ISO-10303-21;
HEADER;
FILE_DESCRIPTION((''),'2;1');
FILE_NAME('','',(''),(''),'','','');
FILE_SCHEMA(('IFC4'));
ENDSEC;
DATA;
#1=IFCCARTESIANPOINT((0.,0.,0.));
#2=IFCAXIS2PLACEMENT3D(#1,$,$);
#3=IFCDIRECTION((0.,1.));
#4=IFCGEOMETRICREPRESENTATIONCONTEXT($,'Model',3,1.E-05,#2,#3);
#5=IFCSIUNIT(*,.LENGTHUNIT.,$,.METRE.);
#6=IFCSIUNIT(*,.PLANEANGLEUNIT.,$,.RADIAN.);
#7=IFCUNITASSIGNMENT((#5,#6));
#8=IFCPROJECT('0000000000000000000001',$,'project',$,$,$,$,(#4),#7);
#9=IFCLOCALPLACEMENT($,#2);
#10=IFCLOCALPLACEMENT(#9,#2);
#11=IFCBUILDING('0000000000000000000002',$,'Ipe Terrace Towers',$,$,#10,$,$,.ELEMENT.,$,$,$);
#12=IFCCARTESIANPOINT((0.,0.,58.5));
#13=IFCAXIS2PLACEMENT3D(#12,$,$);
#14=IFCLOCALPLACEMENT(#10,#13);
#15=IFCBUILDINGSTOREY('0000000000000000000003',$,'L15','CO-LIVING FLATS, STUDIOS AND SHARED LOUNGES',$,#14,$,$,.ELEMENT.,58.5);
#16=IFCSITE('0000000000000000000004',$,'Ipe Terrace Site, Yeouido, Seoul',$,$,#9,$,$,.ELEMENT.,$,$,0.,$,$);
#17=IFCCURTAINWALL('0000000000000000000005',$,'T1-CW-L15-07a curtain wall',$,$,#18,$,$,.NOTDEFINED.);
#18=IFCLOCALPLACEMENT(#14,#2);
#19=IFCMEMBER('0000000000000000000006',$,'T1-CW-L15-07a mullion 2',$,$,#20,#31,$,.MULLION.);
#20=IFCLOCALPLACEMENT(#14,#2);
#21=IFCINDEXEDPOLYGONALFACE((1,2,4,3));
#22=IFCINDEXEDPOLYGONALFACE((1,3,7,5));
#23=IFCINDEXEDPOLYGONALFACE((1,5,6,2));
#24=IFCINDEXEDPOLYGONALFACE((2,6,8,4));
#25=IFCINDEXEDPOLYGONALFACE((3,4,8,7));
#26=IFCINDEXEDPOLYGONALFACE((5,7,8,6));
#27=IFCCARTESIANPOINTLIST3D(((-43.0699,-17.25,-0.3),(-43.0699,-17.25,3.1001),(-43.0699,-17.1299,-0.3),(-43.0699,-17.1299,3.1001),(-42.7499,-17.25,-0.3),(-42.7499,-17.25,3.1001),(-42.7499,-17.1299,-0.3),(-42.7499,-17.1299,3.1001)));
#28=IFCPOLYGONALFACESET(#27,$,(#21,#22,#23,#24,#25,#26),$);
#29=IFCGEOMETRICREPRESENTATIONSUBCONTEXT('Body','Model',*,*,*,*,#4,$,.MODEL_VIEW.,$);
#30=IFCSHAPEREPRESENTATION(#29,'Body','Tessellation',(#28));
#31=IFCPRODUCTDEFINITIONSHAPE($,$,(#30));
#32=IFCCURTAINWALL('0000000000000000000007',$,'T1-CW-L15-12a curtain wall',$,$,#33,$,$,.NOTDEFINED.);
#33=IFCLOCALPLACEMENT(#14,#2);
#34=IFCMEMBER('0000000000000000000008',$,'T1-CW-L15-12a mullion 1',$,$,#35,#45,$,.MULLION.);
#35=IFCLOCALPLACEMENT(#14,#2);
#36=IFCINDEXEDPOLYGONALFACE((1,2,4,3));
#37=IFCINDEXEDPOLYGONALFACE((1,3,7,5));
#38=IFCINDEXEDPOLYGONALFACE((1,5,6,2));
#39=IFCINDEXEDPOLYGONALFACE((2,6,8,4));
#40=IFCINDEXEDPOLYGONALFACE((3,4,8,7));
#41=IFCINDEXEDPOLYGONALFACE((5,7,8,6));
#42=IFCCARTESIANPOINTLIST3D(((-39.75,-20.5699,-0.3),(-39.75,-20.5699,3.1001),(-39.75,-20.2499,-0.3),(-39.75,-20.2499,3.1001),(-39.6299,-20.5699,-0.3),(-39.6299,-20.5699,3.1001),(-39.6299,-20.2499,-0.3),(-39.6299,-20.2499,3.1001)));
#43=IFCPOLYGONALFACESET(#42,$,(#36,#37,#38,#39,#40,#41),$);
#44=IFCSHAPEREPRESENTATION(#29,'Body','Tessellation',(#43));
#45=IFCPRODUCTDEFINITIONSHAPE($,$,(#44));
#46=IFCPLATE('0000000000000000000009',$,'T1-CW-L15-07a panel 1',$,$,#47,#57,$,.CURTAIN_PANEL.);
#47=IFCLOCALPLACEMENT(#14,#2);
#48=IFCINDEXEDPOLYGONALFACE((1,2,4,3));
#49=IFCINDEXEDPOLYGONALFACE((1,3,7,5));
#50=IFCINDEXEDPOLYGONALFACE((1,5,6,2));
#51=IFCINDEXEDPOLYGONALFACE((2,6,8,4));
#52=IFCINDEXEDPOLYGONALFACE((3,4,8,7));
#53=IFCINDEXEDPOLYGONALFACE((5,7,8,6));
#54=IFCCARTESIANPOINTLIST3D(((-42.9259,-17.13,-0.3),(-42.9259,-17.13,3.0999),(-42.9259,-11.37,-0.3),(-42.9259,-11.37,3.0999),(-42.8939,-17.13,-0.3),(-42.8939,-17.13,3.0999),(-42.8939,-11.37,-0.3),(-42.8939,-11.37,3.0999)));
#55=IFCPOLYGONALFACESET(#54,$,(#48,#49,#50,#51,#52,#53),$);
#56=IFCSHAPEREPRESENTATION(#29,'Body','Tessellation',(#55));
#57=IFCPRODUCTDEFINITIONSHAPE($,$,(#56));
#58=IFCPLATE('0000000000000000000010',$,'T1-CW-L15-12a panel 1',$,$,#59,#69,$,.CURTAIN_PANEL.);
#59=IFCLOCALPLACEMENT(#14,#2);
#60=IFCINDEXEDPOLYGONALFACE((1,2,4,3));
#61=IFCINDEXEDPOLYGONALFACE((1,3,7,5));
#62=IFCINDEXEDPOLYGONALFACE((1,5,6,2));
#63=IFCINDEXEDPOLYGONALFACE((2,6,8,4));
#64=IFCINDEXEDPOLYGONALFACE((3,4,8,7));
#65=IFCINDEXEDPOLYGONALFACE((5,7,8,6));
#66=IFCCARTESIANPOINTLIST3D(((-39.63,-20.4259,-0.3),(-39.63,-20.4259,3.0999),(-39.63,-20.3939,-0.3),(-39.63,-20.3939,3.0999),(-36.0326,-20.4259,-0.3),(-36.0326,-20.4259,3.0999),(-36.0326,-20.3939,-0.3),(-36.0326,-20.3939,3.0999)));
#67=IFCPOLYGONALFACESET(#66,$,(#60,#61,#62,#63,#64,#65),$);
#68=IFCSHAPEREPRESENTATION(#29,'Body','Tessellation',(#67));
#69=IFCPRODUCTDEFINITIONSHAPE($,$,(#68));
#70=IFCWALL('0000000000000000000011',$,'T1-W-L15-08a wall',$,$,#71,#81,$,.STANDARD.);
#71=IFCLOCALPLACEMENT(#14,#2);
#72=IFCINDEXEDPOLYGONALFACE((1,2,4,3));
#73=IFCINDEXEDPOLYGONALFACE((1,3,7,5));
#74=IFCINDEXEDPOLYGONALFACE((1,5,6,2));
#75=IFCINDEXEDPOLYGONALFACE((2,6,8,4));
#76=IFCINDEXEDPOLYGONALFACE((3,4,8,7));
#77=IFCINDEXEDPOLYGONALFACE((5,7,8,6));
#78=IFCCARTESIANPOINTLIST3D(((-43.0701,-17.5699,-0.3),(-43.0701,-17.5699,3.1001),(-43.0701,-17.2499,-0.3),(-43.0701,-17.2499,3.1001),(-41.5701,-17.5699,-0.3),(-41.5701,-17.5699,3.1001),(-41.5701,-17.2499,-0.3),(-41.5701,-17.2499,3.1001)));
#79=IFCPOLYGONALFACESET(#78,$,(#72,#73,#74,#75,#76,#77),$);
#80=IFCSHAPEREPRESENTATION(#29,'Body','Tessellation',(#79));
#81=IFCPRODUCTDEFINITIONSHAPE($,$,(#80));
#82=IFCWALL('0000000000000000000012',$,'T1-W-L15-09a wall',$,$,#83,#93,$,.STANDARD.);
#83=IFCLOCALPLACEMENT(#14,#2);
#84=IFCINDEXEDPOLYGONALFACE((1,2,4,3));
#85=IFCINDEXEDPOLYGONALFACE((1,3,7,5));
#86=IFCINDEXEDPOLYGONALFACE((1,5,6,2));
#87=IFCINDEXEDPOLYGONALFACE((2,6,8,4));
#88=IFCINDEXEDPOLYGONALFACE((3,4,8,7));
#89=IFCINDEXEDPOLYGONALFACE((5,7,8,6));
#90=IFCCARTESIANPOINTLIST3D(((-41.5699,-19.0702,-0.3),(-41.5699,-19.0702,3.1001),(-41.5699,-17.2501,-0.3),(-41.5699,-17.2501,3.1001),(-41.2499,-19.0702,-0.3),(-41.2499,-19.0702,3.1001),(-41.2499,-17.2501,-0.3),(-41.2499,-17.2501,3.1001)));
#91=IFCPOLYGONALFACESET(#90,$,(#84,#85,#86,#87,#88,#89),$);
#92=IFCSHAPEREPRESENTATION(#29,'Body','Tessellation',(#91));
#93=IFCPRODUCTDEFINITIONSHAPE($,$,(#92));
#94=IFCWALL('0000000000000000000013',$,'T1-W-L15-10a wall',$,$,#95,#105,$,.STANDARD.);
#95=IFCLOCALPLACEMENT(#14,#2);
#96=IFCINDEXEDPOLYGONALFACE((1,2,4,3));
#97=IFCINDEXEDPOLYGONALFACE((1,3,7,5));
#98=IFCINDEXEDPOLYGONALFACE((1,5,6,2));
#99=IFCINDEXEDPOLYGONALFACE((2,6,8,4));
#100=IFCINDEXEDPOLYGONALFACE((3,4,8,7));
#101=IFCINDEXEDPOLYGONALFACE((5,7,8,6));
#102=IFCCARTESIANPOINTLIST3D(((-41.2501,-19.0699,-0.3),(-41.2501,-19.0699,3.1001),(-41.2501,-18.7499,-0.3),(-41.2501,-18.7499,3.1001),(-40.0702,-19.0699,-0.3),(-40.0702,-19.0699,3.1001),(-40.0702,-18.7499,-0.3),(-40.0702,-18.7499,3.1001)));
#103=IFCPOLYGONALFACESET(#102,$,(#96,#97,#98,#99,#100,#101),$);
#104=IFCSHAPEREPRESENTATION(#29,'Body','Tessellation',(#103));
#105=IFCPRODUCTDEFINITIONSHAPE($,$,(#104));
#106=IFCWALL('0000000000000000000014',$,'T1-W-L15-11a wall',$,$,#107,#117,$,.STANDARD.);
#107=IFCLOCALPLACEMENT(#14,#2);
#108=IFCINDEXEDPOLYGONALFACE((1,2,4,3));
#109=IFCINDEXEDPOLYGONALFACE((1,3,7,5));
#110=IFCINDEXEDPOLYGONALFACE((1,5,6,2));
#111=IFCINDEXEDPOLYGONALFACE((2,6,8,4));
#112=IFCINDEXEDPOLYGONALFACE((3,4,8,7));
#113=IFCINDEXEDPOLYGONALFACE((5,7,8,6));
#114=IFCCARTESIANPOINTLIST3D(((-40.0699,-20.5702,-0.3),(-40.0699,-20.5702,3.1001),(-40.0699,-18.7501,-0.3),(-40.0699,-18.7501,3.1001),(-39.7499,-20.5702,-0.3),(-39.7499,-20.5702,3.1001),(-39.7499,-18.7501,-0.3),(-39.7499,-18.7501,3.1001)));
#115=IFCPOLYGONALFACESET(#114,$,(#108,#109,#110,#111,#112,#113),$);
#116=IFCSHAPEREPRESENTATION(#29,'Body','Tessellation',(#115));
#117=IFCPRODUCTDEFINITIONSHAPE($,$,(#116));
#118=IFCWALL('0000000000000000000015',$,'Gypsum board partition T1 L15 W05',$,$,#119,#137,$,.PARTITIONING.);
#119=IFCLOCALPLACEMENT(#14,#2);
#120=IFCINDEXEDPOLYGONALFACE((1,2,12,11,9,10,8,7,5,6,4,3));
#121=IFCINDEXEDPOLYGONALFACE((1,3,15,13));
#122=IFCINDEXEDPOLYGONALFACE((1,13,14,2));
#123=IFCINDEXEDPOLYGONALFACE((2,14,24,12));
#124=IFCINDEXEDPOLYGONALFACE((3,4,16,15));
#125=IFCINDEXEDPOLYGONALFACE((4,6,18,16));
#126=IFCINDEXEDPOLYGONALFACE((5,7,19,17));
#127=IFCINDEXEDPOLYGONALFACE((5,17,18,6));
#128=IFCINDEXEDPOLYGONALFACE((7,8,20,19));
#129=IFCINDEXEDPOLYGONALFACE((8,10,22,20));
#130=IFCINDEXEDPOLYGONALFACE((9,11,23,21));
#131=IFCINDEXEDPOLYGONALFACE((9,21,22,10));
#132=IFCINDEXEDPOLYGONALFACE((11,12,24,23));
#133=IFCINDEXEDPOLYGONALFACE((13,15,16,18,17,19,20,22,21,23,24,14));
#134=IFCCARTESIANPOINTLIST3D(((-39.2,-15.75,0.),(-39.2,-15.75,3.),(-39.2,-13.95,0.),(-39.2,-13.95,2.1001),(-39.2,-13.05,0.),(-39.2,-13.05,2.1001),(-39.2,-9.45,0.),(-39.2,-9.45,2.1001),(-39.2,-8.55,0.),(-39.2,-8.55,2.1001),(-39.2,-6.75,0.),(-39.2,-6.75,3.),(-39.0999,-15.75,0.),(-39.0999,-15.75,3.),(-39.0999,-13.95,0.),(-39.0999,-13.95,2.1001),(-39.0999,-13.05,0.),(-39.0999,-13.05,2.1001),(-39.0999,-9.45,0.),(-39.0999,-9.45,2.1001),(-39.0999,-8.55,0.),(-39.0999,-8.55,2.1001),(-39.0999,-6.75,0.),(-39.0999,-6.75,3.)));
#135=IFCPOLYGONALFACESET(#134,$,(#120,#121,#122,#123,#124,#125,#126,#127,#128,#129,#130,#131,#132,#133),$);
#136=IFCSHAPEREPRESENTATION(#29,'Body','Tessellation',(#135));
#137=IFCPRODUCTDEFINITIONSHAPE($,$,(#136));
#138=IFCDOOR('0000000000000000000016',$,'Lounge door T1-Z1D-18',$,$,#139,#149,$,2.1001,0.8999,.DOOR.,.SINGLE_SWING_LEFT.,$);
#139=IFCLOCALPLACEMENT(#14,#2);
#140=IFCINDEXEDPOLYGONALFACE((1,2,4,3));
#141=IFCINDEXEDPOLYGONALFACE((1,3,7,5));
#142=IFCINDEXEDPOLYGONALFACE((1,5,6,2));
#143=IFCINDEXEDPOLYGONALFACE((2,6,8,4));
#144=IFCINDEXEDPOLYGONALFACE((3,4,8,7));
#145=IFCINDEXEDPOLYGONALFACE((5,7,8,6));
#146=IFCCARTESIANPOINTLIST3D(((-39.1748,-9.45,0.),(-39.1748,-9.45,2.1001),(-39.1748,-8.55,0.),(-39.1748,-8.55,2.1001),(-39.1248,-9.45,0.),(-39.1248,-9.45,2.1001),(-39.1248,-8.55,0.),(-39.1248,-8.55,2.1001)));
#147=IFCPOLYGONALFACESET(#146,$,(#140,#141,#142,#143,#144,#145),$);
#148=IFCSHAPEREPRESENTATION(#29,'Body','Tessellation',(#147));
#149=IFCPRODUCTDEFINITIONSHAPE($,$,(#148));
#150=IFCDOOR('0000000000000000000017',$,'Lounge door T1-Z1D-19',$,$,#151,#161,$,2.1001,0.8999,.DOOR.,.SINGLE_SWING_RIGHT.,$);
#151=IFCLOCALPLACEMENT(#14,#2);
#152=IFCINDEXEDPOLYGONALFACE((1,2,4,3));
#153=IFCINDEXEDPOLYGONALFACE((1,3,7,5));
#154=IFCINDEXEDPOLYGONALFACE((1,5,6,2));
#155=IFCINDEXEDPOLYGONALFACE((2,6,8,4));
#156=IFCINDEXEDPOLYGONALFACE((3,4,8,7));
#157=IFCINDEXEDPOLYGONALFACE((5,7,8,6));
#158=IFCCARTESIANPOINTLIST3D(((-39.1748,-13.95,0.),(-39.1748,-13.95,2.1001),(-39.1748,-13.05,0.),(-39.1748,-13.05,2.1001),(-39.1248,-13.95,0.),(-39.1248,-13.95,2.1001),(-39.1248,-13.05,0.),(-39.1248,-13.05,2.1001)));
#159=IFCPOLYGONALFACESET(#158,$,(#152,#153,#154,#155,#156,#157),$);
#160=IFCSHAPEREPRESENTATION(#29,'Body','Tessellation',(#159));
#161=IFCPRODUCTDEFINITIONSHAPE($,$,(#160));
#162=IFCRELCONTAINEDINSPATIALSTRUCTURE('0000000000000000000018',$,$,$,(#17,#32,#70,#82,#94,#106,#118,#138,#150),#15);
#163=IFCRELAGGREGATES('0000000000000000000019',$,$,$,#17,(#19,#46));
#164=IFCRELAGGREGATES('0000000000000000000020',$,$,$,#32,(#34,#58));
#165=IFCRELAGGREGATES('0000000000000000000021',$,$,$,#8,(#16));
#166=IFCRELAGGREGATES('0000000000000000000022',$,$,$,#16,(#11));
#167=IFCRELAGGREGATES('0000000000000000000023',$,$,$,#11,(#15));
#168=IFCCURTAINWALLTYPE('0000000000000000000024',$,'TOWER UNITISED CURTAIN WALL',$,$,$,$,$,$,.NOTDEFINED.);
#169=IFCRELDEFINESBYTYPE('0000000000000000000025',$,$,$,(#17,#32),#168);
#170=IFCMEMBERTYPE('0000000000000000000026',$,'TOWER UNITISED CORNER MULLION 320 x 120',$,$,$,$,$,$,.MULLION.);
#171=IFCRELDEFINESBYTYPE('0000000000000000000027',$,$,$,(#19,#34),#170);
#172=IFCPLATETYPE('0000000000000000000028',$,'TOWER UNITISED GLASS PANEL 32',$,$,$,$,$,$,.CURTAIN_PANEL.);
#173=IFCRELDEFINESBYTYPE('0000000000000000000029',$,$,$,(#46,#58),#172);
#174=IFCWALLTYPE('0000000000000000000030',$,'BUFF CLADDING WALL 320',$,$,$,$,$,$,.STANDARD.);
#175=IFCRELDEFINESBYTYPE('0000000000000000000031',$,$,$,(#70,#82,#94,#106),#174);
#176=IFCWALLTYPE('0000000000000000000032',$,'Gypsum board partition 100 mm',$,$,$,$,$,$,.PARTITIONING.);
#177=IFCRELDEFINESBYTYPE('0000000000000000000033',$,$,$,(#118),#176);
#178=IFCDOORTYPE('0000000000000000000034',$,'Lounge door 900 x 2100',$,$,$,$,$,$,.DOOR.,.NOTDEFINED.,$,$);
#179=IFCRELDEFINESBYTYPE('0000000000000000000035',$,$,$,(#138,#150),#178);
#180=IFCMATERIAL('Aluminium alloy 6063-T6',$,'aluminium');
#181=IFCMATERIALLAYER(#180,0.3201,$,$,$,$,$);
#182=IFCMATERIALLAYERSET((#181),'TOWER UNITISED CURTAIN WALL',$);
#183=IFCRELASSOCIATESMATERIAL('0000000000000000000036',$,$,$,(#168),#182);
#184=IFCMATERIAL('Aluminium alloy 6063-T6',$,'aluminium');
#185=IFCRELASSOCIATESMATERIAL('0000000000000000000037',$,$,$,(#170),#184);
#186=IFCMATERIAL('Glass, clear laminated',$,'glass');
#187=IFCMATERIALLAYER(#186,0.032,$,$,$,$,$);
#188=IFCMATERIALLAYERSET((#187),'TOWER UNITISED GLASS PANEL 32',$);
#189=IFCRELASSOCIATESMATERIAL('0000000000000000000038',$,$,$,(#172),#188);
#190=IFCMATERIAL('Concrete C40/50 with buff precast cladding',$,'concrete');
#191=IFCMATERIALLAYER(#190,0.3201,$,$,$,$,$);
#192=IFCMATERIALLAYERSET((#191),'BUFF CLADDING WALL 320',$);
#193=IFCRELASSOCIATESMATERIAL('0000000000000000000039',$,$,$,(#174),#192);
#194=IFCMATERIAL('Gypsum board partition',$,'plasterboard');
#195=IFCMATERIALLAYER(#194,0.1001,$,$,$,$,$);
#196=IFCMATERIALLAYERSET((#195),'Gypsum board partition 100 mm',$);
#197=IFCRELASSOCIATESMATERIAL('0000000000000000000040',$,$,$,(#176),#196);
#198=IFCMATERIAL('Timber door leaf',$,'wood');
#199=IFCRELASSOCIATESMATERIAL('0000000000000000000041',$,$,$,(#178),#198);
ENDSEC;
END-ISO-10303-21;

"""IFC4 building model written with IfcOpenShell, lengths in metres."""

from ifc_helpers import new_model, si_unit, direction, frame, frame_2d, origin, origin_2d, place, context, subcontext, project, spatial, rectangle, extrude, material, layer, layer_set, material_profile, profile_set, type_object, element, fill, aggregate, save


model = new_model("IFC4")

# Units and contexts
model_context = context("Model", 3, precision=1e-05, world=origin(), true_north=direction((0.0, 1.0)))
body_context = subcontext(model_context, "Body", "Model", "MODEL_VIEW")
ifc_project = project(units=[si_unit("LENGTHUNIT", "METRE"), si_unit("PLANEANGLEUNIT", "RADIAN")], contexts=[model_context])

# Site, building, storey
site_placement = place(None, origin())
site = spatial("IfcSite", under=ifc_project, at=site_placement, Name="Ipe Terrace Site, Yeouido, Seoul", CompositionType="ELEMENT", RefElevation=0.0)
building_placement = place(site_placement, origin())
building = spatial("IfcBuilding", under=site, at=building_placement, Name="Ipe Terrace Towers", CompositionType="ELEMENT")
storey_placement = place(building_placement, frame((0.0, 0.0, 58.5)))
storey = spatial("IfcBuildingStorey", under=building, at=storey_placement, Name="L15", Description="CO-LIVING FLATS, STUDIOS AND SHARED LOUNGES", CompositionType="ELEMENT", Elevation=58.5)

# Curtain walls, members
ifc_material_1 = material(Name="Aluminium alloy 6063-T6", Category="aluminium")
ifc_layer_1 = layer(ifc_material_1, 0.3201)
ifc_layer_set_1 = layer_set([ifc_layer_1], Name="TOWER UNITISED CURTAIN WALL")
curtain_wall_type = type_object("IfcCurtainWallType", Name="TOWER UNITISED CURTAIN WALL", PredefinedType="NOTDEFINED", material=ifc_layer_set_1)
curtain_wall_1_placement = place(storey_placement, origin())
curtain_wall_1 = element("IfcCurtainWall", 1, at=curtain_wall_1_placement, inside=storey, type_object=curtain_wall_type, Name="T1-CW-L15-07a curtain wall", PredefinedType="NOTDEFINED")
ifc_material_2 = material(Name="Aluminium alloy 6063-T6", Category="aluminium")
ifc_material_profile_1 = material_profile(ifc_material_2, rectangle(XDim=0.3201, YDim=0.1201, at=origin_2d()), Name="TOWER UNITISED CORNER MULLION 320 x 120")
ifc_profile_set_1 = profile_set([ifc_material_profile_1], Name="Aluminium alloy 6063-T6")
member_type = type_object("IfcMemberType", Name="TOWER UNITISED CORNER MULLION 320 x 120", PredefinedType="MULLION", material=ifc_profile_set_1)
member_1_placement = place(storey_placement, frame((-42.9099, -17.1899, -0.3), z_axis=(0.0, 0.0, 1.0), x_axis=(-1.0, 0.0, 0.0)))
member_1 = element("IfcMember", 2, at=member_1_placement, type_object=member_type, Name="T1-CW-L15-07a mullion 2", PredefinedType="MULLION", context=body_context, shape_type="SweptSolid", body=[
    extrude(rectangle(XDim=0.3201, YDim=0.1201, at=origin_2d()), origin(), (0.0, 0.0, 1.0), 3.4001),
])
curtain_wall_2_placement = place(storey_placement, origin())
curtain_wall_2 = element("IfcCurtainWall", 3, at=curtain_wall_2_placement, inside=storey, type_object=curtain_wall_type, Name="T1-CW-L15-12a curtain wall", PredefinedType="NOTDEFINED")
member_2_placement = place(storey_placement, frame((-39.6899, -20.4099, -0.3), z_axis=(0.0, 0.0, 1.0), x_axis=(0.0, -1.0, 0.0)))
member_2 = element("IfcMember", 4, at=member_2_placement, type_object=member_type, Name="T1-CW-L15-12a mullion 1", PredefinedType="MULLION", context=body_context, shape_type="SweptSolid", body=[
    extrude(rectangle(XDim=0.3201, YDim=0.1201, at=origin_2d()), origin(), (0.0, 0.0, 1.0), 3.4001),
])

# Plates
ifc_material_3 = material(Name="Glass, clear laminated", Category="glass")
ifc_layer_2 = layer(ifc_material_3, 0.032)
ifc_layer_set_2 = layer_set([ifc_layer_2], Name="TOWER UNITISED GLASS PANEL 32")
plate_type = type_object("IfcPlateType", Name="TOWER UNITISED GLASS PANEL 32", PredefinedType="CURTAIN_PANEL", material=ifc_layer_set_2)
plate_1_placement = place(storey_placement, frame((-42.9099, -14.25, -0.3), z_axis=(0.0, 0.0, 1.0), x_axis=(0.0, -1.0, 0.0)))
plate_1 = element("IfcPlate", 5, at=plate_1_placement, type_object=plate_type, Name="T1-CW-L15-07a panel 1", PredefinedType="CURTAIN_PANEL", context=body_context, shape_type="SweptSolid", body=[
    extrude(rectangle(XDim=5.76, YDim=0.032, at=origin_2d()), origin(), (0.0, 0.0, 1.0), 3.3999),
])
aggregate(curtain_wall_1, [member_1, plate_1])
plate_2_placement = place(storey_placement, frame((-37.8313, -20.4099, -0.3), z_axis=(0.0, 0.0, 1.0), x_axis=(1.0, 0.0, 0.0)))
plate_2 = element("IfcPlate", 6, at=plate_2_placement, type_object=plate_type, Name="T1-CW-L15-12a panel 1", PredefinedType="CURTAIN_PANEL", context=body_context, shape_type="SweptSolid", body=[
    extrude(rectangle(XDim=3.5974, YDim=0.032, at=origin_2d()), origin(), (0.0, 0.0, 1.0), 3.3999),
])
aggregate(curtain_wall_2, [member_2, plate_2])

# Walls
ifc_material_4 = material(Name="Concrete C40/50 with buff precast cladding", Category="concrete")
ifc_layer_3 = layer(ifc_material_4, 0.3201)
ifc_layer_set_3 = layer_set([ifc_layer_3], Name="BUFF CLADDING WALL 320")
wall_type_1 = type_object("IfcWallType", Name="BUFF CLADDING WALL 320", PredefinedType="STANDARD", material=ifc_layer_set_3)
wall_1_placement = place(storey_placement, frame((-43.0701, -17.4099, -0.3), z_axis=(0.0, 0.0, 1.0), x_axis=(1.0, 0.0, 0.0)))
element("IfcWall", 7, at=wall_1_placement, inside=storey, type_object=wall_type_1, Name="T1-W-L15-08a wall", PredefinedType="STANDARD", context=body_context, shape_type="SweptSolid", body=[
    extrude(rectangle(XDim=1.5, YDim=0.3201, at=frame_2d((0.75, 0.0))), origin(), (0.0, 0.0, 1.0), 3.4001),
])
wall_2_placement = place(storey_placement, frame((-41.4099, -17.25, -0.3), z_axis=(0.0, 0.0, 1.0), x_axis=(0.0, -1.0, 0.0)))
element("IfcWall", 8, at=wall_2_placement, inside=storey, type_object=wall_type_1, Name="T1-W-L15-09a wall", PredefinedType="STANDARD", context=body_context, shape_type="SweptSolid", body=[
    extrude(rectangle(XDim=1.8201, YDim=0.3201, at=frame_2d((0.9102, 0.0))), origin(), (0.0, 0.0, 1.0), 3.4001),
])
wall_3_placement = place(storey_placement, frame((-41.25, -18.9099, -0.3), z_axis=(0.0, 0.0, 1.0), x_axis=(1.0, 0.0, 0.0)))
element("IfcWall", 9, at=wall_3_placement, inside=storey, type_object=wall_type_1, Name="T1-W-L15-10a wall", PredefinedType="STANDARD", context=body_context, shape_type="SweptSolid", body=[
    extrude(rectangle(XDim=1.1799, YDim=0.3201, at=frame_2d((0.5898, 0.0))), origin(), (0.0, 0.0, 1.0), 3.4001),
])
wall_4_placement = place(storey_placement, frame((-39.9099, -18.75, -0.3), z_axis=(0.0, 0.0, 1.0), x_axis=(0.0, -1.0, 0.0)))
element("IfcWall", 10, at=wall_4_placement, inside=storey, type_object=wall_type_1, Name="T1-W-L15-11a wall", PredefinedType="STANDARD", context=body_context, shape_type="SweptSolid", body=[
    extrude(rectangle(XDim=1.8201, YDim=0.3201, at=frame_2d((0.9102, 0.0))), origin(), (0.0, 0.0, 1.0), 3.4001),
])

# Wall, openings, doors
ifc_material_5 = material(Name="Gypsum board partition", Category="plasterboard")
ifc_layer_4 = layer(ifc_material_5, 0.1001)
ifc_layer_set_4 = layer_set([ifc_layer_4], Name="Gypsum board partition 100 mm")
wall_type_2 = type_object("IfcWallType", Name="Gypsum board partition 100 mm", PredefinedType="PARTITIONING", material=ifc_layer_set_4)
wall_5_placement = place(storey_placement, frame((-39.1499, -15.75, 0.0), z_axis=(0.0, 0.0, 1.0), x_axis=(0.0, 1.0, 0.0)))
wall_5 = element("IfcWall", 11, at=wall_5_placement, inside=storey, type_object=wall_type_2, Name="Gypsum board partition T1 L15 W05", PredefinedType="PARTITIONING", context=body_context, shape_type="SweptSolid", body=[
    extrude(rectangle(XDim=9.0, YDim=0.1001, at=frame_2d((4.5, 0.0))), origin(), (0.0, 0.0, 1.0), 3.0),
])
opening_1_placement = place(wall_5_placement, frame((6.3, 0.0, 0.0)))
opening_1 = element("IfcOpeningElement", 12, at=opening_1_placement, cuts=wall_5, PredefinedType="OPENING", context=body_context, shape_type="SweptSolid", body=[
    extrude(rectangle(XDim=0.8999, YDim=2.1001, at=frame_2d((0.45, 1.05))), frame((0.0, 0.0601, 0.0), z_axis=(0.0, -1.0, 0.0), x_axis=(1.0, 0.0, 0.0)), (0.0, 0.0, 1.0), 0.1201),
])
opening_2_placement = place(wall_5_placement, frame((1.8, 0.0, 0.0)))
opening_2 = element("IfcOpeningElement", 13, at=opening_2_placement, cuts=wall_5, PredefinedType="OPENING", context=body_context, shape_type="SweptSolid", body=[
    extrude(rectangle(XDim=0.8999, YDim=2.1001, at=frame_2d((0.45, 1.05))), frame((0.0, 0.0601, 0.0), z_axis=(0.0, -1.0, 0.0), x_axis=(1.0, 0.0, 0.0)), (0.0, 0.0, 1.0), 0.1201),
])
ifc_material_6 = material(Name="Timber door leaf", Category="wood")
door_type_1 = type_object("IfcDoorType", Name="Lounge door 900 x 2100", OperationType="NOTDEFINED", PredefinedType="DOOR", material=ifc_material_6)
door_1_placement = place(opening_1_placement, origin())
door_1 = element("IfcDoor", 14, at=door_1_placement, inside=storey, type_object=door_type_1, Name="Lounge door T1-Z1D-18", OperationType="SINGLE_SWING_LEFT", OverallHeight=2.1001, OverallWidth=0.8999, PredefinedType="DOOR", context=body_context, shape_type="SweptSolid", body=[
    extrude(rectangle(XDim=0.8999, YDim=2.1001, at=frame_2d((0.45, 1.05))), frame((0.0, 0.0249, 0.0), z_axis=(0.0, -1.0, 0.0), x_axis=(1.0, 0.0, 0.0)), (0.0, 0.0, 1.0), 0.05),
])
fill(opening_1, door_1)
door_2_placement = place(opening_2_placement, origin())
door_2 = element("IfcDoor", 15, at=door_2_placement, inside=storey, type_object=door_type_1, Name="Lounge door T1-Z1D-19", OperationType="SINGLE_SWING_RIGHT", OverallHeight=2.1001, OverallWidth=0.8999, PredefinedType="DOOR", context=body_context, shape_type="SweptSolid", body=[
    extrude(rectangle(XDim=0.8999, YDim=2.1001, at=frame_2d((0.45, 1.05))), frame((0.0, 0.0249, 0.0), z_axis=(0.0, -1.0, 0.0), x_axis=(1.0, 0.0, 0.0)), (0.0, 0.0, 1.0), 0.05),
])
fill(opening_2, door_2)

save(model, "model.ifc")
